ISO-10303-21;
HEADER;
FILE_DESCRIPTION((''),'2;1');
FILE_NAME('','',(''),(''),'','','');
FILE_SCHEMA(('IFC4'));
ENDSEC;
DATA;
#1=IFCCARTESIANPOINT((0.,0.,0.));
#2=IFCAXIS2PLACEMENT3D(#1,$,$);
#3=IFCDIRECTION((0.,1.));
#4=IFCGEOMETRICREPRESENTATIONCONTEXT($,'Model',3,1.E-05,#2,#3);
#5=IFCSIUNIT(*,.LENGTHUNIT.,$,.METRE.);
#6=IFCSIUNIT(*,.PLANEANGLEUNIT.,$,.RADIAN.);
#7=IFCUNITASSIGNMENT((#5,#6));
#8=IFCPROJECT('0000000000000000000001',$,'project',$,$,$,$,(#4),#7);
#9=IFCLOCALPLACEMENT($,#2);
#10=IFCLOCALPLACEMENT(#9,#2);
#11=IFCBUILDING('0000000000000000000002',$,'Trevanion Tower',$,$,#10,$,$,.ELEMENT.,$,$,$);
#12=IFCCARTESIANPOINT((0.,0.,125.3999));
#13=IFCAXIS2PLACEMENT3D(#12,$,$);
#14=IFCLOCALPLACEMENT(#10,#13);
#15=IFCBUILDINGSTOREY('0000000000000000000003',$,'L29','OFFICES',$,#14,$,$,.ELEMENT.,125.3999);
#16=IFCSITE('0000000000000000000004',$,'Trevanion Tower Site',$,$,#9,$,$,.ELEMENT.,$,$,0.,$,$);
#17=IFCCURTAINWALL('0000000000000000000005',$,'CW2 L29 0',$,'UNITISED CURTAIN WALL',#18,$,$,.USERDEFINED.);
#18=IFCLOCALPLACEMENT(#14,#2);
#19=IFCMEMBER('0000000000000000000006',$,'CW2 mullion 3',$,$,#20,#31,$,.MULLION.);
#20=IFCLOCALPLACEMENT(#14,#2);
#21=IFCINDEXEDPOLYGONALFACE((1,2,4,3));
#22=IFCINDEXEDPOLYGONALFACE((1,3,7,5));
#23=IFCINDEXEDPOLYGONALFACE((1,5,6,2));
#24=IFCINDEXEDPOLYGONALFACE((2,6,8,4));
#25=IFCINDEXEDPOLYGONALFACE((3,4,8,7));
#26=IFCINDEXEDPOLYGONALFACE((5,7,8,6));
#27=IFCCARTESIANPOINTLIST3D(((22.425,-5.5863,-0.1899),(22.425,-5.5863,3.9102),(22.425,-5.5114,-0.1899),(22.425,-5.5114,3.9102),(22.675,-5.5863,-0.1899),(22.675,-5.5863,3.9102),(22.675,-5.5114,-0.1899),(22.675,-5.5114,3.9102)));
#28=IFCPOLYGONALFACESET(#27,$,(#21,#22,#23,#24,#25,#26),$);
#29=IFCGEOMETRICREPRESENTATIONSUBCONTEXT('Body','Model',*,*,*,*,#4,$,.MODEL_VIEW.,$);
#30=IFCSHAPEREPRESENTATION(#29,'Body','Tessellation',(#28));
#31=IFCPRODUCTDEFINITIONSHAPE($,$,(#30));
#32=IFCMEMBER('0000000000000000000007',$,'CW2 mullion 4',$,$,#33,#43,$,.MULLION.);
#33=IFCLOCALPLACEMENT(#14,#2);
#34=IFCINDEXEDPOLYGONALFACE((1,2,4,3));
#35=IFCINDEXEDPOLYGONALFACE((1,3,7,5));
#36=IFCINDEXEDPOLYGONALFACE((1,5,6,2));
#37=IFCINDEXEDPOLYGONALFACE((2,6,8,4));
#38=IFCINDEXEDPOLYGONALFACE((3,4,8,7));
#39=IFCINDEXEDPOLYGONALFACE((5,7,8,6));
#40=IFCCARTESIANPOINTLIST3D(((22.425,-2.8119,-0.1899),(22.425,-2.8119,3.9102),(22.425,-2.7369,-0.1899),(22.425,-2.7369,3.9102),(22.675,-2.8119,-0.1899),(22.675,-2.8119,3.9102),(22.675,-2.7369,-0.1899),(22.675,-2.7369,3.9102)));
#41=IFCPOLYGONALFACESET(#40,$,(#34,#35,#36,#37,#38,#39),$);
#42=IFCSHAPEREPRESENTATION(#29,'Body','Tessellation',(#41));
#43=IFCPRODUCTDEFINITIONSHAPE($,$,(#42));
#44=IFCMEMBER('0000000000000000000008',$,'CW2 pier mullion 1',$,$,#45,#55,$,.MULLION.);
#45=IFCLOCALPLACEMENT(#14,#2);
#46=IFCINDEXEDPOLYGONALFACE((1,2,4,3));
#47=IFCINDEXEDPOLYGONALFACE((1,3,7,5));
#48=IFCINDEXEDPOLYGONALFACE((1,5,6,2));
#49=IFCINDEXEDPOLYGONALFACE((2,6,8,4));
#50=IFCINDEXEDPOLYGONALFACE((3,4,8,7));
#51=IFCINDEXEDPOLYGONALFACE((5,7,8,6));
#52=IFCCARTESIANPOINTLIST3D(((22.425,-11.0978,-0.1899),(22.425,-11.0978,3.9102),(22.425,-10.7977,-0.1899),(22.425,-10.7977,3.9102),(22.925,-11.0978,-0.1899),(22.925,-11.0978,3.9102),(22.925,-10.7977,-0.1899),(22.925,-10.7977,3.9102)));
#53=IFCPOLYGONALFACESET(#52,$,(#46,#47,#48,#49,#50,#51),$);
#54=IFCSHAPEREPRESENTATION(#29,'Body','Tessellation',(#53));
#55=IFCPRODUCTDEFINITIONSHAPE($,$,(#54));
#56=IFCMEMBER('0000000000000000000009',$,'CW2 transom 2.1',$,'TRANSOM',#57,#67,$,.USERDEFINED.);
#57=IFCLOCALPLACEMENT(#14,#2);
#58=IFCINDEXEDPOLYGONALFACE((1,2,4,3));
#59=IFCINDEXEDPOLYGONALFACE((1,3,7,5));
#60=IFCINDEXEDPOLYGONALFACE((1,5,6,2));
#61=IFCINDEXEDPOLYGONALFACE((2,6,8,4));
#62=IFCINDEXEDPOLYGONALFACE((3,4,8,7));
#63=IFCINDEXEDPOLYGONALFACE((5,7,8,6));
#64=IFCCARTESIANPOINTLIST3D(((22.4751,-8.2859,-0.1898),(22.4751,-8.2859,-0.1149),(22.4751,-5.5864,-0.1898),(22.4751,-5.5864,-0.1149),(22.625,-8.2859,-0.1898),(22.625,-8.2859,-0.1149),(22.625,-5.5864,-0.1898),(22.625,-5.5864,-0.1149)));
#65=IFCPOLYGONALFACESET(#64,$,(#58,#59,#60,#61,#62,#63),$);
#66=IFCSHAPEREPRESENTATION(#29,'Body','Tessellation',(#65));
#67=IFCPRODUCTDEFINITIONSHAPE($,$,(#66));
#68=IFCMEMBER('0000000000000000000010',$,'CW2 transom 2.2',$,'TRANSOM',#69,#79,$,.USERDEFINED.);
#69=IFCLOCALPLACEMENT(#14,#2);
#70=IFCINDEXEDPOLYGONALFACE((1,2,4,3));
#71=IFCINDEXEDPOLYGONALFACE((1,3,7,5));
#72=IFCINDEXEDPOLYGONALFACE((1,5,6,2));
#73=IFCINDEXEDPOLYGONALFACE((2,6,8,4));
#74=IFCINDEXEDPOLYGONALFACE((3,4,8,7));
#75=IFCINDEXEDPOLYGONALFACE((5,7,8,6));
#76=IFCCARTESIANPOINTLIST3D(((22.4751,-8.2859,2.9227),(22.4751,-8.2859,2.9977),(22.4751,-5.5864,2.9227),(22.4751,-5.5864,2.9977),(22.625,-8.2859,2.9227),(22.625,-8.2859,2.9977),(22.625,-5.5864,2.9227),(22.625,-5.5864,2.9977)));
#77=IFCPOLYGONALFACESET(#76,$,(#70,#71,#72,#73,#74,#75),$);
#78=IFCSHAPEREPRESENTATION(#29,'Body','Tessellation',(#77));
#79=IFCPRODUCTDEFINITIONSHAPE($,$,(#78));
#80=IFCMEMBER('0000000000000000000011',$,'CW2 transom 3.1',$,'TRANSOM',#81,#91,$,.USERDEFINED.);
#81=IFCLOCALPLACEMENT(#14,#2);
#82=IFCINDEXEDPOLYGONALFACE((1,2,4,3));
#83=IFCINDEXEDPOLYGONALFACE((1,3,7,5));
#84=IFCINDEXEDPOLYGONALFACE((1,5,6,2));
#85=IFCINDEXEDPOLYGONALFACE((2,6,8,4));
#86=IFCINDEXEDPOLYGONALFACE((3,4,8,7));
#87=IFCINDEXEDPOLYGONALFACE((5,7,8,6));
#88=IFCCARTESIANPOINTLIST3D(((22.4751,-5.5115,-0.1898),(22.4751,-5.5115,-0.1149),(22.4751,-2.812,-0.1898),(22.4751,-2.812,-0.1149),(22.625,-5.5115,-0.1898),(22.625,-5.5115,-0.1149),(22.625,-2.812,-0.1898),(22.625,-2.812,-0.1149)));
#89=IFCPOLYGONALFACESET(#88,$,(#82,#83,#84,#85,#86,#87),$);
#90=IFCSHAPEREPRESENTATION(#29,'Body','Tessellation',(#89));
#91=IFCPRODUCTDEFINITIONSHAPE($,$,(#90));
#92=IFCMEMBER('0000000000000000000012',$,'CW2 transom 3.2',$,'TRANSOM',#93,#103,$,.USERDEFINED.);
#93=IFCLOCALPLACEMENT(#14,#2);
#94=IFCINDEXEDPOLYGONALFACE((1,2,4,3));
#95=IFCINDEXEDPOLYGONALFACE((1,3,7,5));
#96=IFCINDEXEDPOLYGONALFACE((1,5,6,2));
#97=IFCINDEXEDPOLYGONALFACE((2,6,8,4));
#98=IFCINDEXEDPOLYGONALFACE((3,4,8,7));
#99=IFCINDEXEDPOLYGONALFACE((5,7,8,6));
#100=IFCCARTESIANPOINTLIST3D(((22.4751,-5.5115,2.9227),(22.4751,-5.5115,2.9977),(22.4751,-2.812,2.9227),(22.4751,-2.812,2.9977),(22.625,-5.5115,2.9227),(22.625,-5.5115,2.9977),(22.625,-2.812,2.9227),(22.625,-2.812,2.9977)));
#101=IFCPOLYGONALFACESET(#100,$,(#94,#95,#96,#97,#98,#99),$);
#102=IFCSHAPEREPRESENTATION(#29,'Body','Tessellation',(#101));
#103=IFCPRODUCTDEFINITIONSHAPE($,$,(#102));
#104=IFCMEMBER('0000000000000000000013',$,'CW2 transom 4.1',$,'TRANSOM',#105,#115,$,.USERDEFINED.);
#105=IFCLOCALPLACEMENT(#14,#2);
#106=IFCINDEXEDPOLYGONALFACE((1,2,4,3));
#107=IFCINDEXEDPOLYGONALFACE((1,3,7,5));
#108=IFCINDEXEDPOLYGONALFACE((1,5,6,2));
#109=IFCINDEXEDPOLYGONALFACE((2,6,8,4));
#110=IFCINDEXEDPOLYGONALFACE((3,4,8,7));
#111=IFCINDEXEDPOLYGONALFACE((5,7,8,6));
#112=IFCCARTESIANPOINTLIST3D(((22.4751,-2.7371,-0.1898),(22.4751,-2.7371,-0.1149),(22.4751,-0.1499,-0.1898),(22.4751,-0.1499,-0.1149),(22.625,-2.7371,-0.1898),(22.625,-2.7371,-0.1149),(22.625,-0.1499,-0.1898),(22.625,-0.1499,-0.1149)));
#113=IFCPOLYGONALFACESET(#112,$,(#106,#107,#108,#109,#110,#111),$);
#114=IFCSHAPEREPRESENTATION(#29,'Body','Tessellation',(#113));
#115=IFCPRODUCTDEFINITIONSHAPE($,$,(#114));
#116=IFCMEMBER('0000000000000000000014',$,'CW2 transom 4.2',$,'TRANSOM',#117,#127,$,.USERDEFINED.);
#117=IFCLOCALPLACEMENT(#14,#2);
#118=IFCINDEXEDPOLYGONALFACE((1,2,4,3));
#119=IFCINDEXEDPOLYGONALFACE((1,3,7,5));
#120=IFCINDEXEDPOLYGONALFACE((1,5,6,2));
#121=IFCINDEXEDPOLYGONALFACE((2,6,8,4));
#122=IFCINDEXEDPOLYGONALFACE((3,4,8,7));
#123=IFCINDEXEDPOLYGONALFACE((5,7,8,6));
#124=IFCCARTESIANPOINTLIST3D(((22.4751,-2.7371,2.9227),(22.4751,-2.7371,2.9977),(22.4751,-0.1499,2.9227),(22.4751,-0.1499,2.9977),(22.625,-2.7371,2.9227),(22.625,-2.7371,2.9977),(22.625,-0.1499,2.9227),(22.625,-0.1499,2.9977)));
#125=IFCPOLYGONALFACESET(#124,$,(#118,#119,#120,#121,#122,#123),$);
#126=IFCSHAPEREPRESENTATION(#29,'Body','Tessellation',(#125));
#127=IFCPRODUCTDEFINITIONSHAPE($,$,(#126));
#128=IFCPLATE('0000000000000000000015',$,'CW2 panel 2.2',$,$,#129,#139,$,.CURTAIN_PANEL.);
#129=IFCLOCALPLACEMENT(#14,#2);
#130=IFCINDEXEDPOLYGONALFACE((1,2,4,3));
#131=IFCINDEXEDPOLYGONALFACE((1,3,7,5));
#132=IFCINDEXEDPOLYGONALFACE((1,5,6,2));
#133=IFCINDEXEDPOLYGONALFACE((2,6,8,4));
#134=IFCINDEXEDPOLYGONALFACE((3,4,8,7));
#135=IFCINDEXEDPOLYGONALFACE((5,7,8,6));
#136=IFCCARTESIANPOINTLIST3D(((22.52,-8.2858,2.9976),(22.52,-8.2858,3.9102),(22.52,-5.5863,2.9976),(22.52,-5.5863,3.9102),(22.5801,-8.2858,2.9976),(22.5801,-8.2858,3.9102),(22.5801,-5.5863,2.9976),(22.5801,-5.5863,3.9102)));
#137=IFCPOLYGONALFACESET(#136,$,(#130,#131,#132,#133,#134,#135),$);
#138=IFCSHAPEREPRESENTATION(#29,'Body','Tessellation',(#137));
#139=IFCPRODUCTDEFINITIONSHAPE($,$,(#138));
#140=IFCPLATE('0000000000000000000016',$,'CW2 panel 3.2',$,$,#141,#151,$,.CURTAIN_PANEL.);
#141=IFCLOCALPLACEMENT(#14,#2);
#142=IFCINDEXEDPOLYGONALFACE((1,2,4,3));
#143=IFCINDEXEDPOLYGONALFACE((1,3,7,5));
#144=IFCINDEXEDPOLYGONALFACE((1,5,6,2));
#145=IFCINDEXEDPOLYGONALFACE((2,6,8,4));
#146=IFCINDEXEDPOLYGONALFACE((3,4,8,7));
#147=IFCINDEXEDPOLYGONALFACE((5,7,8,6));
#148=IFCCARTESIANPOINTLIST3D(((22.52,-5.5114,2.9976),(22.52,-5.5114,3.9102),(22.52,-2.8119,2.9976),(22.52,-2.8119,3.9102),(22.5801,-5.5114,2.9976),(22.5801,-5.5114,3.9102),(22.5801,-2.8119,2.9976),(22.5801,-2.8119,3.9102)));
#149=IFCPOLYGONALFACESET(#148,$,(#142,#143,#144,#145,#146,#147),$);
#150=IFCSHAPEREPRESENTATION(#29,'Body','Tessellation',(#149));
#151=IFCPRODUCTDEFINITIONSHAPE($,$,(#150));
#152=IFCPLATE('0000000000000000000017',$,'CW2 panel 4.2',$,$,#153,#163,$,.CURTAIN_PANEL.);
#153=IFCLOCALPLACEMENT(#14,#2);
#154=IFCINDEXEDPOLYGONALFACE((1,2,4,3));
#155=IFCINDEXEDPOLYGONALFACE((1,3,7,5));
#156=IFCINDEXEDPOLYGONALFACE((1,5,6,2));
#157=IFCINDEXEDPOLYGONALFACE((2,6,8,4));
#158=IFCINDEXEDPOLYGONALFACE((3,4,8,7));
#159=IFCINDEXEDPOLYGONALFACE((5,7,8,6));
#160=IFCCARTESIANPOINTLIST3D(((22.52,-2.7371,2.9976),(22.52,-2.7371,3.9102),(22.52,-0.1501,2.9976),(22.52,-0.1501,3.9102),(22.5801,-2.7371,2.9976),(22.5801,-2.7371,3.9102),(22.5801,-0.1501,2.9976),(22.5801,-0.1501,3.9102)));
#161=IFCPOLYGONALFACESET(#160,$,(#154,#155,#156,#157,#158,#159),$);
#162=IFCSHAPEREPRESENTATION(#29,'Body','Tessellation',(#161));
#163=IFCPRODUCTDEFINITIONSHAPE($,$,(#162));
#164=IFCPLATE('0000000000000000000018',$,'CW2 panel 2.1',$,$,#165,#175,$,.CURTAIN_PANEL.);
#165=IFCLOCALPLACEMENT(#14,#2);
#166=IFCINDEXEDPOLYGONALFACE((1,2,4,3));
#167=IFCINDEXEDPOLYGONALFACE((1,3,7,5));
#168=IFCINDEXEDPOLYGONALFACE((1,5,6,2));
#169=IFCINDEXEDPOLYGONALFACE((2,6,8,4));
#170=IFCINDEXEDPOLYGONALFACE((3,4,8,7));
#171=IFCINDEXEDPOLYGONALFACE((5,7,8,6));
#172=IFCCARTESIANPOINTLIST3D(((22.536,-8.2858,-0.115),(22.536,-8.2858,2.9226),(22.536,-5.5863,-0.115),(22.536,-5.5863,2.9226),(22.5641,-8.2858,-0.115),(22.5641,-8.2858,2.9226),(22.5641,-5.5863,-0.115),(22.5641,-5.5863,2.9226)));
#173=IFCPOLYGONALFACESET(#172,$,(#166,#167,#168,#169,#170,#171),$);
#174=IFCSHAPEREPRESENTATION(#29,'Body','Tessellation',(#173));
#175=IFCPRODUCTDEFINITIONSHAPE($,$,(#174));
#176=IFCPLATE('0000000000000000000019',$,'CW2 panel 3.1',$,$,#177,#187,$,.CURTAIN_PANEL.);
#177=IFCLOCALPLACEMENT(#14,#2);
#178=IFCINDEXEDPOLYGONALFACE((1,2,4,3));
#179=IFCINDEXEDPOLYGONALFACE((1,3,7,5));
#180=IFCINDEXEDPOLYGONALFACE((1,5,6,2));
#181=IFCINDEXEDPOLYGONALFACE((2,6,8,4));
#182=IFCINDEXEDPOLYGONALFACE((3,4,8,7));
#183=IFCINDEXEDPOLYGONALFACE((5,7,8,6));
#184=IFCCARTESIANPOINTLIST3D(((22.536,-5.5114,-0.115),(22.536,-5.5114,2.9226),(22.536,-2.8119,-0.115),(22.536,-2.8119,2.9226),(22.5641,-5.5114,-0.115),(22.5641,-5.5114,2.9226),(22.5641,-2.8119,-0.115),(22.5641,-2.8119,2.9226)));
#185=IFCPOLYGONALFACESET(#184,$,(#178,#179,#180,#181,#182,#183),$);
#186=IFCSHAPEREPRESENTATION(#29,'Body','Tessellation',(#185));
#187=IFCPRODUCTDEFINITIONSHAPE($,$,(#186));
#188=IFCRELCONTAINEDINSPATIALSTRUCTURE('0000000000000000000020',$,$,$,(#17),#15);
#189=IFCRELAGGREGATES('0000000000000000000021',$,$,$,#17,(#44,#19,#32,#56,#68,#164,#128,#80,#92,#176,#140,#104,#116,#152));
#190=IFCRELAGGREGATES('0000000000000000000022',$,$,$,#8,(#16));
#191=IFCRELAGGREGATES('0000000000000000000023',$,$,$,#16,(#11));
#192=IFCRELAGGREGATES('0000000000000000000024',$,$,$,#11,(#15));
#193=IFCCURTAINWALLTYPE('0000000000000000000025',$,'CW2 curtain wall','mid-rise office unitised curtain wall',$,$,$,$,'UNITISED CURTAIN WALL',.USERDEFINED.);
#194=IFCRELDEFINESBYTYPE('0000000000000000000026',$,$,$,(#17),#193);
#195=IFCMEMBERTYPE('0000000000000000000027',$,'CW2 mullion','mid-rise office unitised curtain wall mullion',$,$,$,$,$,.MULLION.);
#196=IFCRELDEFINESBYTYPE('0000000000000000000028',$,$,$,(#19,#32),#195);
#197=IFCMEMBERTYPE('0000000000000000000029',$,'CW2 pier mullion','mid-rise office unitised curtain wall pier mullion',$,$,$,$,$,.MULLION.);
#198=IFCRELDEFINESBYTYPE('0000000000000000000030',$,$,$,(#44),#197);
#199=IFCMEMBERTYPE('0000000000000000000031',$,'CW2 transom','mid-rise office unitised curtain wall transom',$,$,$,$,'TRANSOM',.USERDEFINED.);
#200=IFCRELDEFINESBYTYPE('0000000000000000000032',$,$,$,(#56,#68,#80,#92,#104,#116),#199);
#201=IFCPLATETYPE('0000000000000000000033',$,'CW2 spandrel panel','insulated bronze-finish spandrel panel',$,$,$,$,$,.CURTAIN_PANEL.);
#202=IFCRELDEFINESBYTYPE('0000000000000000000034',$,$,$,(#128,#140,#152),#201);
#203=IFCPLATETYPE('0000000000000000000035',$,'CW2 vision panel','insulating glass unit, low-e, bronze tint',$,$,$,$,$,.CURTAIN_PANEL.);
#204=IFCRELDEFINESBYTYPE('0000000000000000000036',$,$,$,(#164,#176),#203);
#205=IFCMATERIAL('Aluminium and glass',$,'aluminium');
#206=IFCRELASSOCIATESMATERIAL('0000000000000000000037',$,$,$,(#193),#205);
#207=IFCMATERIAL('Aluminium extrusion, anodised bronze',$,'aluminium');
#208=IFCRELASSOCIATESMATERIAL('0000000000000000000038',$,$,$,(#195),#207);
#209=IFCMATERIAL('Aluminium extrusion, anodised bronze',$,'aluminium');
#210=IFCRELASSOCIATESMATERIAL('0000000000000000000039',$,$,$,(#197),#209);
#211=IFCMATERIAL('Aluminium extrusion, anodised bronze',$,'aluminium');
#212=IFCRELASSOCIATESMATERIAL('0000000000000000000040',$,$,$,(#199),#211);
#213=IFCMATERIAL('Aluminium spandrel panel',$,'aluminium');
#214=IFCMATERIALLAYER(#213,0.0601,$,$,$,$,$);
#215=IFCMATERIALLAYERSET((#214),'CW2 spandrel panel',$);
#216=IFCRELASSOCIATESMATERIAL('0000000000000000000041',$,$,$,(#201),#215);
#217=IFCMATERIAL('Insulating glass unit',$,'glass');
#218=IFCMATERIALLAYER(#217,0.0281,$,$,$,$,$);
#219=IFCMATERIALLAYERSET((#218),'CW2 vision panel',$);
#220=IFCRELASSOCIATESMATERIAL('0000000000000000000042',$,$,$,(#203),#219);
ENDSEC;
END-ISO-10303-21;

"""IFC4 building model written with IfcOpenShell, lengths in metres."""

from ifc_helpers import new_model, si_unit, direction, frame, origin, origin_2d, place, context, subcontext, project, spatial, rectangle, extrude, material, layer, layer_set, material_profile, profile_set, type_object, element, aggregate, save


model = new_model("IFC4")

# Units and contexts
model_context = context("Model", 3, precision=1e-05, world=origin(), true_north=direction((0.0, 1.0)))
body_context = subcontext(model_context, "Body", "Model", "MODEL_VIEW")
ifc_project = project(units=[si_unit("LENGTHUNIT", "METRE"), si_unit("PLANEANGLEUNIT", "RADIAN")], contexts=[model_context])

# Site, building, storey
site_placement = place(None, origin())
site = spatial("IfcSite", under=ifc_project, at=site_placement, Name="Trevanion Tower Site", CompositionType="ELEMENT", RefElevation=0.0)
building_placement = place(site_placement, origin())
building = spatial("IfcBuilding", under=site, at=building_placement, Name="Trevanion Tower", CompositionType="ELEMENT")
storey_placement = place(building_placement, frame((0.0, 0.0, 125.3999)))
storey = spatial("IfcBuildingStorey", under=building, at=storey_placement, Name="L29", Description="OFFICES", CompositionType="ELEMENT", Elevation=125.3999)

# Curtain wall, members, plates
ifc_material_1 = material(Name="Aluminium and glass", Category="aluminium")
curtain_wall_type = type_object("IfcCurtainWallType", Name="CW2 curtain wall", Description="mid-rise office unitised curtain wall", ElementType="UNITISED CURTAIN WALL", PredefinedType="USERDEFINED", material=ifc_material_1)
curtain_wall_placement = place(storey_placement, origin())
curtain_wall = element("IfcCurtainWall", 1, at=curtain_wall_placement, inside=storey, type_object=curtain_wall_type, Name="CW2 L29 0", ObjectType="UNITISED CURTAIN WALL", PredefinedType="USERDEFINED")
ifc_material_2 = material(Name="Aluminium extrusion, anodised bronze", Category="aluminium")
ifc_material_profile_1 = material_profile(ifc_material_2, rectangle(XDim=0.075, YDim=0.25, at=origin_2d()), Name="CW2 mullion")
ifc_profile_set_1 = profile_set([ifc_material_profile_1], Name="Aluminium extrusion, anodised bronze")
member_type_1 = type_object("IfcMemberType", Name="CW2 mullion", Description="mid-rise office unitised curtain wall mullion", PredefinedType="MULLION", material=ifc_profile_set_1)
member_1_placement = place(storey_placement, frame((22.55, -5.5488, -0.1899), z_axis=(0.0, 0.0, 1.0), x_axis=(0.0, 1.0, 0.0)))
member_1 = element("IfcMember", 2, at=member_1_placement, type_object=member_type_1, Name="CW2 mullion 3", PredefinedType="MULLION", context=body_context, shape_type="SweptSolid", body=[
    extrude(rectangle(XDim=0.075, YDim=0.25, at=origin_2d()), origin(), (0.0, 0.0, 1.0), 4.1001),
])
member_2_placement = place(storey_placement, frame((22.55, -2.7744, -0.1899), z_axis=(0.0, 0.0, 1.0), x_axis=(0.0, 1.0, 0.0)))
member_2 = element("IfcMember", 3, at=member_2_placement, type_object=member_type_1, Name="CW2 mullion 4", PredefinedType="MULLION", context=body_context, shape_type="SweptSolid", body=[
    extrude(rectangle(XDim=0.075, YDim=0.25, at=origin_2d()), origin(), (0.0, 0.0, 1.0), 4.1001),
])
ifc_material_3 = material(Name="Aluminium extrusion, anodised bronze", Category="aluminium")
ifc_material_profile_2 = material_profile(ifc_material_3, rectangle(XDim=0.3, YDim=0.5, at=origin_2d()), Name="CW2 pier mullion")
ifc_profile_set_2 = profile_set([ifc_material_profile_2], Name="Aluminium extrusion, anodised bronze")
member_type_2 = type_object("IfcMemberType", Name="CW2 pier mullion", Description="mid-rise office unitised curtain wall pier mullion", PredefinedType="MULLION", material=ifc_profile_set_2)
member_3_placement = place(storey_placement, frame((22.675, -10.9478, -0.1899), z_axis=(0.0, 0.0, 1.0), x_axis=(0.0, 1.0, 0.0)))
member_3 = element("IfcMember", 4, at=member_3_placement, type_object=member_type_2, Name="CW2 pier mullion 1", PredefinedType="MULLION", context=body_context, shape_type="SweptSolid", body=[
    extrude(rectangle(XDim=0.3, YDim=0.5, at=origin_2d()), origin(), (0.0, 0.0, 1.0), 4.1001),
])
ifc_material_4 = material(Name="Aluminium extrusion, anodised bronze", Category="aluminium")
ifc_material_profile_3 = material_profile(ifc_material_4, rectangle(XDim=0.1499, YDim=0.075, at=origin_2d()), Name="CW2 transom")
ifc_profile_set_3 = profile_set([ifc_material_profile_3], Name="Aluminium extrusion, anodised bronze")
member_type_3 = type_object("IfcMemberType", Name="CW2 transom", Description="mid-rise office unitised curtain wall transom", ElementType="TRANSOM", PredefinedType="USERDEFINED", material=ifc_profile_set_3)
member_4_placement = place(storey_placement, frame((22.55, -8.2859, -0.1523), z_axis=(0.0, 1.0, 0.0), x_axis=(-1.0, 0.0, 0.0)))
member_4 = element("IfcMember", 5, at=member_4_placement, type_object=member_type_3, Name="CW2 transom 2.1", ObjectType="TRANSOM", PredefinedType="USERDEFINED", context=body_context, shape_type="SweptSolid", body=[
    extrude(rectangle(XDim=0.1499, YDim=0.075, at=origin_2d()), origin(), (0.0, 0.0, 1.0), 2.6995),
])
member_5_placement = place(storey_placement, frame((22.55, -8.2859, 2.9602), z_axis=(0.0, 1.0, 0.0), x_axis=(-1.0, 0.0, 0.0)))
member_5 = element("IfcMember", 6, at=member_5_placement, type_object=member_type_3, Name="CW2 transom 2.2", ObjectType="TRANSOM", PredefinedType="USERDEFINED", context=body_context, shape_type="SweptSolid", body=[
    extrude(rectangle(XDim=0.1499, YDim=0.075, at=origin_2d()), origin(), (0.0, 0.0, 1.0), 2.6995),
])
member_6_placement = place(storey_placement, frame((22.55, -5.5115, -0.1523), z_axis=(0.0, 1.0, 0.0), x_axis=(-1.0, 0.0, 0.0)))
member_6 = element("IfcMember", 7, at=member_6_placement, type_object=member_type_3, Name="CW2 transom 3.1", ObjectType="TRANSOM", PredefinedType="USERDEFINED", context=body_context, shape_type="SweptSolid", body=[
    extrude(rectangle(XDim=0.1499, YDim=0.075, at=origin_2d()), origin(), (0.0, 0.0, 1.0), 2.6995),
])
member_7_placement = place(storey_placement, frame((22.55, -5.5115, 2.9602), z_axis=(0.0, 1.0, 0.0), x_axis=(-1.0, 0.0, 0.0)))
member_7 = element("IfcMember", 8, at=member_7_placement, type_object=member_type_3, Name="CW2 transom 3.2", ObjectType="TRANSOM", PredefinedType="USERDEFINED", context=body_context, shape_type="SweptSolid", body=[
    extrude(rectangle(XDim=0.1499, YDim=0.075, at=origin_2d()), origin(), (0.0, 0.0, 1.0), 2.6995),
])
member_8_placement = place(storey_placement, frame((22.55, -2.7371, -0.1523), z_axis=(0.0, 1.0, 0.0), x_axis=(-1.0, 0.0, 0.0)))
member_8 = element("IfcMember", 9, at=member_8_placement, type_object=member_type_3, Name="CW2 transom 4.1", ObjectType="TRANSOM", PredefinedType="USERDEFINED", context=body_context, shape_type="SweptSolid", body=[
    extrude(rectangle(XDim=0.1499, YDim=0.075, at=origin_2d()), origin(), (0.0, 0.0, 1.0), 2.5872),
])
member_9_placement = place(storey_placement, frame((22.55, -2.7371, 2.9602), z_axis=(0.0, 1.0, 0.0), x_axis=(-1.0, 0.0, 0.0)))
member_9 = element("IfcMember", 10, at=member_9_placement, type_object=member_type_3, Name="CW2 transom 4.2", ObjectType="TRANSOM", PredefinedType="USERDEFINED", context=body_context, shape_type="SweptSolid", body=[
    extrude(rectangle(XDim=0.1499, YDim=0.075, at=origin_2d()), origin(), (0.0, 0.0, 1.0), 2.5872),
])
ifc_material_5 = material(Name="Aluminium spandrel panel", Category="aluminium")
ifc_layer_1 = layer(ifc_material_5, 0.0601)
ifc_layer_set_1 = layer_set([ifc_layer_1], Name="CW2 spandrel panel")
plate_type_1 = type_object("IfcPlateType", Name="CW2 spandrel panel", Description="insulated bronze-finish spandrel panel", PredefinedType="CURTAIN_PANEL", material=ifc_layer_set_1)
plate_1_placement = place(storey_placement, frame((22.55, -6.936, 2.9976), z_axis=(0.0, 0.0, 1.0), x_axis=(0.0, 1.0, 0.0)))
plate_1 = element("IfcPlate", 11, at=plate_1_placement, type_object=plate_type_1, Name="CW2 panel 2.2", PredefinedType="CURTAIN_PANEL", context=body_context, shape_type="SweptSolid", body=[
    extrude(rectangle(XDim=2.6995, YDim=0.0601, at=origin_2d()), origin(), (0.0, 0.0, 1.0), 0.9126),
])
plate_2_placement = place(storey_placement, frame((22.55, -4.1616, 2.9976), z_axis=(0.0, 0.0, 1.0), x_axis=(0.0, 1.0, 0.0)))
plate_2 = element("IfcPlate", 12, at=plate_2_placement, type_object=plate_type_1, Name="CW2 panel 3.2", PredefinedType="CURTAIN_PANEL", context=body_context, shape_type="SweptSolid", body=[
    extrude(rectangle(XDim=2.6995, YDim=0.0601, at=origin_2d()), origin(), (0.0, 0.0, 1.0), 0.9126),
])
plate_3_placement = place(storey_placement, frame((22.55, -1.4436, 2.9976), z_axis=(0.0, 0.0, 1.0), x_axis=(0.0, 1.0, 0.0)))
plate_3 = element("IfcPlate", 13, at=plate_3_placement, type_object=plate_type_1, Name="CW2 panel 4.2", PredefinedType="CURTAIN_PANEL", context=body_context, shape_type="SweptSolid", body=[
    extrude(rectangle(XDim=2.5869, YDim=0.0601, at=origin_2d()), origin(), (0.0, 0.0, 1.0), 0.9126),
])
ifc_material_6 = material(Name="Insulating glass unit", Category="glass")
ifc_layer_2 = layer(ifc_material_6, 0.0281)
ifc_layer_set_2 = layer_set([ifc_layer_2], Name="CW2 vision panel")
plate_type_2 = type_object("IfcPlateType", Name="CW2 vision panel", Description="insulating glass unit, low-e, bronze tint", PredefinedType="CURTAIN_PANEL", material=ifc_layer_set_2)
plate_4_placement = place(storey_placement, frame((22.55, -6.936, -0.115), z_axis=(0.0, 0.0, 1.0), x_axis=(0.0, 1.0, 0.0)))
plate_4 = element("IfcPlate", 14, at=plate_4_placement, type_object=plate_type_2, Name="CW2 panel 2.1", PredefinedType="CURTAIN_PANEL", context=body_context, shape_type="SweptSolid", body=[
    extrude(rectangle(XDim=2.6995, YDim=0.0281, at=origin_2d()), origin(), (0.0, 0.0, 1.0), 3.0376),
])
plate_5_placement = place(storey_placement, frame((22.55, -4.1616, -0.115), z_axis=(0.0, 0.0, 1.0), x_axis=(0.0, 1.0, 0.0)))
plate_5 = element("IfcPlate", 15, at=plate_5_placement, type_object=plate_type_2, Name="CW2 panel 3.1", PredefinedType="CURTAIN_PANEL", context=body_context, shape_type="SweptSolid", body=[
    extrude(rectangle(XDim=2.6995, YDim=0.0281, at=origin_2d()), origin(), (0.0, 0.0, 1.0), 3.0376),
])
aggregate(curtain_wall, [member_3, member_1, member_2, member_4, member_5, plate_4, plate_1, member_6, member_7, plate_5, plate_2, member_8, member_9, plate_3])

save(model, "model.ifc")
